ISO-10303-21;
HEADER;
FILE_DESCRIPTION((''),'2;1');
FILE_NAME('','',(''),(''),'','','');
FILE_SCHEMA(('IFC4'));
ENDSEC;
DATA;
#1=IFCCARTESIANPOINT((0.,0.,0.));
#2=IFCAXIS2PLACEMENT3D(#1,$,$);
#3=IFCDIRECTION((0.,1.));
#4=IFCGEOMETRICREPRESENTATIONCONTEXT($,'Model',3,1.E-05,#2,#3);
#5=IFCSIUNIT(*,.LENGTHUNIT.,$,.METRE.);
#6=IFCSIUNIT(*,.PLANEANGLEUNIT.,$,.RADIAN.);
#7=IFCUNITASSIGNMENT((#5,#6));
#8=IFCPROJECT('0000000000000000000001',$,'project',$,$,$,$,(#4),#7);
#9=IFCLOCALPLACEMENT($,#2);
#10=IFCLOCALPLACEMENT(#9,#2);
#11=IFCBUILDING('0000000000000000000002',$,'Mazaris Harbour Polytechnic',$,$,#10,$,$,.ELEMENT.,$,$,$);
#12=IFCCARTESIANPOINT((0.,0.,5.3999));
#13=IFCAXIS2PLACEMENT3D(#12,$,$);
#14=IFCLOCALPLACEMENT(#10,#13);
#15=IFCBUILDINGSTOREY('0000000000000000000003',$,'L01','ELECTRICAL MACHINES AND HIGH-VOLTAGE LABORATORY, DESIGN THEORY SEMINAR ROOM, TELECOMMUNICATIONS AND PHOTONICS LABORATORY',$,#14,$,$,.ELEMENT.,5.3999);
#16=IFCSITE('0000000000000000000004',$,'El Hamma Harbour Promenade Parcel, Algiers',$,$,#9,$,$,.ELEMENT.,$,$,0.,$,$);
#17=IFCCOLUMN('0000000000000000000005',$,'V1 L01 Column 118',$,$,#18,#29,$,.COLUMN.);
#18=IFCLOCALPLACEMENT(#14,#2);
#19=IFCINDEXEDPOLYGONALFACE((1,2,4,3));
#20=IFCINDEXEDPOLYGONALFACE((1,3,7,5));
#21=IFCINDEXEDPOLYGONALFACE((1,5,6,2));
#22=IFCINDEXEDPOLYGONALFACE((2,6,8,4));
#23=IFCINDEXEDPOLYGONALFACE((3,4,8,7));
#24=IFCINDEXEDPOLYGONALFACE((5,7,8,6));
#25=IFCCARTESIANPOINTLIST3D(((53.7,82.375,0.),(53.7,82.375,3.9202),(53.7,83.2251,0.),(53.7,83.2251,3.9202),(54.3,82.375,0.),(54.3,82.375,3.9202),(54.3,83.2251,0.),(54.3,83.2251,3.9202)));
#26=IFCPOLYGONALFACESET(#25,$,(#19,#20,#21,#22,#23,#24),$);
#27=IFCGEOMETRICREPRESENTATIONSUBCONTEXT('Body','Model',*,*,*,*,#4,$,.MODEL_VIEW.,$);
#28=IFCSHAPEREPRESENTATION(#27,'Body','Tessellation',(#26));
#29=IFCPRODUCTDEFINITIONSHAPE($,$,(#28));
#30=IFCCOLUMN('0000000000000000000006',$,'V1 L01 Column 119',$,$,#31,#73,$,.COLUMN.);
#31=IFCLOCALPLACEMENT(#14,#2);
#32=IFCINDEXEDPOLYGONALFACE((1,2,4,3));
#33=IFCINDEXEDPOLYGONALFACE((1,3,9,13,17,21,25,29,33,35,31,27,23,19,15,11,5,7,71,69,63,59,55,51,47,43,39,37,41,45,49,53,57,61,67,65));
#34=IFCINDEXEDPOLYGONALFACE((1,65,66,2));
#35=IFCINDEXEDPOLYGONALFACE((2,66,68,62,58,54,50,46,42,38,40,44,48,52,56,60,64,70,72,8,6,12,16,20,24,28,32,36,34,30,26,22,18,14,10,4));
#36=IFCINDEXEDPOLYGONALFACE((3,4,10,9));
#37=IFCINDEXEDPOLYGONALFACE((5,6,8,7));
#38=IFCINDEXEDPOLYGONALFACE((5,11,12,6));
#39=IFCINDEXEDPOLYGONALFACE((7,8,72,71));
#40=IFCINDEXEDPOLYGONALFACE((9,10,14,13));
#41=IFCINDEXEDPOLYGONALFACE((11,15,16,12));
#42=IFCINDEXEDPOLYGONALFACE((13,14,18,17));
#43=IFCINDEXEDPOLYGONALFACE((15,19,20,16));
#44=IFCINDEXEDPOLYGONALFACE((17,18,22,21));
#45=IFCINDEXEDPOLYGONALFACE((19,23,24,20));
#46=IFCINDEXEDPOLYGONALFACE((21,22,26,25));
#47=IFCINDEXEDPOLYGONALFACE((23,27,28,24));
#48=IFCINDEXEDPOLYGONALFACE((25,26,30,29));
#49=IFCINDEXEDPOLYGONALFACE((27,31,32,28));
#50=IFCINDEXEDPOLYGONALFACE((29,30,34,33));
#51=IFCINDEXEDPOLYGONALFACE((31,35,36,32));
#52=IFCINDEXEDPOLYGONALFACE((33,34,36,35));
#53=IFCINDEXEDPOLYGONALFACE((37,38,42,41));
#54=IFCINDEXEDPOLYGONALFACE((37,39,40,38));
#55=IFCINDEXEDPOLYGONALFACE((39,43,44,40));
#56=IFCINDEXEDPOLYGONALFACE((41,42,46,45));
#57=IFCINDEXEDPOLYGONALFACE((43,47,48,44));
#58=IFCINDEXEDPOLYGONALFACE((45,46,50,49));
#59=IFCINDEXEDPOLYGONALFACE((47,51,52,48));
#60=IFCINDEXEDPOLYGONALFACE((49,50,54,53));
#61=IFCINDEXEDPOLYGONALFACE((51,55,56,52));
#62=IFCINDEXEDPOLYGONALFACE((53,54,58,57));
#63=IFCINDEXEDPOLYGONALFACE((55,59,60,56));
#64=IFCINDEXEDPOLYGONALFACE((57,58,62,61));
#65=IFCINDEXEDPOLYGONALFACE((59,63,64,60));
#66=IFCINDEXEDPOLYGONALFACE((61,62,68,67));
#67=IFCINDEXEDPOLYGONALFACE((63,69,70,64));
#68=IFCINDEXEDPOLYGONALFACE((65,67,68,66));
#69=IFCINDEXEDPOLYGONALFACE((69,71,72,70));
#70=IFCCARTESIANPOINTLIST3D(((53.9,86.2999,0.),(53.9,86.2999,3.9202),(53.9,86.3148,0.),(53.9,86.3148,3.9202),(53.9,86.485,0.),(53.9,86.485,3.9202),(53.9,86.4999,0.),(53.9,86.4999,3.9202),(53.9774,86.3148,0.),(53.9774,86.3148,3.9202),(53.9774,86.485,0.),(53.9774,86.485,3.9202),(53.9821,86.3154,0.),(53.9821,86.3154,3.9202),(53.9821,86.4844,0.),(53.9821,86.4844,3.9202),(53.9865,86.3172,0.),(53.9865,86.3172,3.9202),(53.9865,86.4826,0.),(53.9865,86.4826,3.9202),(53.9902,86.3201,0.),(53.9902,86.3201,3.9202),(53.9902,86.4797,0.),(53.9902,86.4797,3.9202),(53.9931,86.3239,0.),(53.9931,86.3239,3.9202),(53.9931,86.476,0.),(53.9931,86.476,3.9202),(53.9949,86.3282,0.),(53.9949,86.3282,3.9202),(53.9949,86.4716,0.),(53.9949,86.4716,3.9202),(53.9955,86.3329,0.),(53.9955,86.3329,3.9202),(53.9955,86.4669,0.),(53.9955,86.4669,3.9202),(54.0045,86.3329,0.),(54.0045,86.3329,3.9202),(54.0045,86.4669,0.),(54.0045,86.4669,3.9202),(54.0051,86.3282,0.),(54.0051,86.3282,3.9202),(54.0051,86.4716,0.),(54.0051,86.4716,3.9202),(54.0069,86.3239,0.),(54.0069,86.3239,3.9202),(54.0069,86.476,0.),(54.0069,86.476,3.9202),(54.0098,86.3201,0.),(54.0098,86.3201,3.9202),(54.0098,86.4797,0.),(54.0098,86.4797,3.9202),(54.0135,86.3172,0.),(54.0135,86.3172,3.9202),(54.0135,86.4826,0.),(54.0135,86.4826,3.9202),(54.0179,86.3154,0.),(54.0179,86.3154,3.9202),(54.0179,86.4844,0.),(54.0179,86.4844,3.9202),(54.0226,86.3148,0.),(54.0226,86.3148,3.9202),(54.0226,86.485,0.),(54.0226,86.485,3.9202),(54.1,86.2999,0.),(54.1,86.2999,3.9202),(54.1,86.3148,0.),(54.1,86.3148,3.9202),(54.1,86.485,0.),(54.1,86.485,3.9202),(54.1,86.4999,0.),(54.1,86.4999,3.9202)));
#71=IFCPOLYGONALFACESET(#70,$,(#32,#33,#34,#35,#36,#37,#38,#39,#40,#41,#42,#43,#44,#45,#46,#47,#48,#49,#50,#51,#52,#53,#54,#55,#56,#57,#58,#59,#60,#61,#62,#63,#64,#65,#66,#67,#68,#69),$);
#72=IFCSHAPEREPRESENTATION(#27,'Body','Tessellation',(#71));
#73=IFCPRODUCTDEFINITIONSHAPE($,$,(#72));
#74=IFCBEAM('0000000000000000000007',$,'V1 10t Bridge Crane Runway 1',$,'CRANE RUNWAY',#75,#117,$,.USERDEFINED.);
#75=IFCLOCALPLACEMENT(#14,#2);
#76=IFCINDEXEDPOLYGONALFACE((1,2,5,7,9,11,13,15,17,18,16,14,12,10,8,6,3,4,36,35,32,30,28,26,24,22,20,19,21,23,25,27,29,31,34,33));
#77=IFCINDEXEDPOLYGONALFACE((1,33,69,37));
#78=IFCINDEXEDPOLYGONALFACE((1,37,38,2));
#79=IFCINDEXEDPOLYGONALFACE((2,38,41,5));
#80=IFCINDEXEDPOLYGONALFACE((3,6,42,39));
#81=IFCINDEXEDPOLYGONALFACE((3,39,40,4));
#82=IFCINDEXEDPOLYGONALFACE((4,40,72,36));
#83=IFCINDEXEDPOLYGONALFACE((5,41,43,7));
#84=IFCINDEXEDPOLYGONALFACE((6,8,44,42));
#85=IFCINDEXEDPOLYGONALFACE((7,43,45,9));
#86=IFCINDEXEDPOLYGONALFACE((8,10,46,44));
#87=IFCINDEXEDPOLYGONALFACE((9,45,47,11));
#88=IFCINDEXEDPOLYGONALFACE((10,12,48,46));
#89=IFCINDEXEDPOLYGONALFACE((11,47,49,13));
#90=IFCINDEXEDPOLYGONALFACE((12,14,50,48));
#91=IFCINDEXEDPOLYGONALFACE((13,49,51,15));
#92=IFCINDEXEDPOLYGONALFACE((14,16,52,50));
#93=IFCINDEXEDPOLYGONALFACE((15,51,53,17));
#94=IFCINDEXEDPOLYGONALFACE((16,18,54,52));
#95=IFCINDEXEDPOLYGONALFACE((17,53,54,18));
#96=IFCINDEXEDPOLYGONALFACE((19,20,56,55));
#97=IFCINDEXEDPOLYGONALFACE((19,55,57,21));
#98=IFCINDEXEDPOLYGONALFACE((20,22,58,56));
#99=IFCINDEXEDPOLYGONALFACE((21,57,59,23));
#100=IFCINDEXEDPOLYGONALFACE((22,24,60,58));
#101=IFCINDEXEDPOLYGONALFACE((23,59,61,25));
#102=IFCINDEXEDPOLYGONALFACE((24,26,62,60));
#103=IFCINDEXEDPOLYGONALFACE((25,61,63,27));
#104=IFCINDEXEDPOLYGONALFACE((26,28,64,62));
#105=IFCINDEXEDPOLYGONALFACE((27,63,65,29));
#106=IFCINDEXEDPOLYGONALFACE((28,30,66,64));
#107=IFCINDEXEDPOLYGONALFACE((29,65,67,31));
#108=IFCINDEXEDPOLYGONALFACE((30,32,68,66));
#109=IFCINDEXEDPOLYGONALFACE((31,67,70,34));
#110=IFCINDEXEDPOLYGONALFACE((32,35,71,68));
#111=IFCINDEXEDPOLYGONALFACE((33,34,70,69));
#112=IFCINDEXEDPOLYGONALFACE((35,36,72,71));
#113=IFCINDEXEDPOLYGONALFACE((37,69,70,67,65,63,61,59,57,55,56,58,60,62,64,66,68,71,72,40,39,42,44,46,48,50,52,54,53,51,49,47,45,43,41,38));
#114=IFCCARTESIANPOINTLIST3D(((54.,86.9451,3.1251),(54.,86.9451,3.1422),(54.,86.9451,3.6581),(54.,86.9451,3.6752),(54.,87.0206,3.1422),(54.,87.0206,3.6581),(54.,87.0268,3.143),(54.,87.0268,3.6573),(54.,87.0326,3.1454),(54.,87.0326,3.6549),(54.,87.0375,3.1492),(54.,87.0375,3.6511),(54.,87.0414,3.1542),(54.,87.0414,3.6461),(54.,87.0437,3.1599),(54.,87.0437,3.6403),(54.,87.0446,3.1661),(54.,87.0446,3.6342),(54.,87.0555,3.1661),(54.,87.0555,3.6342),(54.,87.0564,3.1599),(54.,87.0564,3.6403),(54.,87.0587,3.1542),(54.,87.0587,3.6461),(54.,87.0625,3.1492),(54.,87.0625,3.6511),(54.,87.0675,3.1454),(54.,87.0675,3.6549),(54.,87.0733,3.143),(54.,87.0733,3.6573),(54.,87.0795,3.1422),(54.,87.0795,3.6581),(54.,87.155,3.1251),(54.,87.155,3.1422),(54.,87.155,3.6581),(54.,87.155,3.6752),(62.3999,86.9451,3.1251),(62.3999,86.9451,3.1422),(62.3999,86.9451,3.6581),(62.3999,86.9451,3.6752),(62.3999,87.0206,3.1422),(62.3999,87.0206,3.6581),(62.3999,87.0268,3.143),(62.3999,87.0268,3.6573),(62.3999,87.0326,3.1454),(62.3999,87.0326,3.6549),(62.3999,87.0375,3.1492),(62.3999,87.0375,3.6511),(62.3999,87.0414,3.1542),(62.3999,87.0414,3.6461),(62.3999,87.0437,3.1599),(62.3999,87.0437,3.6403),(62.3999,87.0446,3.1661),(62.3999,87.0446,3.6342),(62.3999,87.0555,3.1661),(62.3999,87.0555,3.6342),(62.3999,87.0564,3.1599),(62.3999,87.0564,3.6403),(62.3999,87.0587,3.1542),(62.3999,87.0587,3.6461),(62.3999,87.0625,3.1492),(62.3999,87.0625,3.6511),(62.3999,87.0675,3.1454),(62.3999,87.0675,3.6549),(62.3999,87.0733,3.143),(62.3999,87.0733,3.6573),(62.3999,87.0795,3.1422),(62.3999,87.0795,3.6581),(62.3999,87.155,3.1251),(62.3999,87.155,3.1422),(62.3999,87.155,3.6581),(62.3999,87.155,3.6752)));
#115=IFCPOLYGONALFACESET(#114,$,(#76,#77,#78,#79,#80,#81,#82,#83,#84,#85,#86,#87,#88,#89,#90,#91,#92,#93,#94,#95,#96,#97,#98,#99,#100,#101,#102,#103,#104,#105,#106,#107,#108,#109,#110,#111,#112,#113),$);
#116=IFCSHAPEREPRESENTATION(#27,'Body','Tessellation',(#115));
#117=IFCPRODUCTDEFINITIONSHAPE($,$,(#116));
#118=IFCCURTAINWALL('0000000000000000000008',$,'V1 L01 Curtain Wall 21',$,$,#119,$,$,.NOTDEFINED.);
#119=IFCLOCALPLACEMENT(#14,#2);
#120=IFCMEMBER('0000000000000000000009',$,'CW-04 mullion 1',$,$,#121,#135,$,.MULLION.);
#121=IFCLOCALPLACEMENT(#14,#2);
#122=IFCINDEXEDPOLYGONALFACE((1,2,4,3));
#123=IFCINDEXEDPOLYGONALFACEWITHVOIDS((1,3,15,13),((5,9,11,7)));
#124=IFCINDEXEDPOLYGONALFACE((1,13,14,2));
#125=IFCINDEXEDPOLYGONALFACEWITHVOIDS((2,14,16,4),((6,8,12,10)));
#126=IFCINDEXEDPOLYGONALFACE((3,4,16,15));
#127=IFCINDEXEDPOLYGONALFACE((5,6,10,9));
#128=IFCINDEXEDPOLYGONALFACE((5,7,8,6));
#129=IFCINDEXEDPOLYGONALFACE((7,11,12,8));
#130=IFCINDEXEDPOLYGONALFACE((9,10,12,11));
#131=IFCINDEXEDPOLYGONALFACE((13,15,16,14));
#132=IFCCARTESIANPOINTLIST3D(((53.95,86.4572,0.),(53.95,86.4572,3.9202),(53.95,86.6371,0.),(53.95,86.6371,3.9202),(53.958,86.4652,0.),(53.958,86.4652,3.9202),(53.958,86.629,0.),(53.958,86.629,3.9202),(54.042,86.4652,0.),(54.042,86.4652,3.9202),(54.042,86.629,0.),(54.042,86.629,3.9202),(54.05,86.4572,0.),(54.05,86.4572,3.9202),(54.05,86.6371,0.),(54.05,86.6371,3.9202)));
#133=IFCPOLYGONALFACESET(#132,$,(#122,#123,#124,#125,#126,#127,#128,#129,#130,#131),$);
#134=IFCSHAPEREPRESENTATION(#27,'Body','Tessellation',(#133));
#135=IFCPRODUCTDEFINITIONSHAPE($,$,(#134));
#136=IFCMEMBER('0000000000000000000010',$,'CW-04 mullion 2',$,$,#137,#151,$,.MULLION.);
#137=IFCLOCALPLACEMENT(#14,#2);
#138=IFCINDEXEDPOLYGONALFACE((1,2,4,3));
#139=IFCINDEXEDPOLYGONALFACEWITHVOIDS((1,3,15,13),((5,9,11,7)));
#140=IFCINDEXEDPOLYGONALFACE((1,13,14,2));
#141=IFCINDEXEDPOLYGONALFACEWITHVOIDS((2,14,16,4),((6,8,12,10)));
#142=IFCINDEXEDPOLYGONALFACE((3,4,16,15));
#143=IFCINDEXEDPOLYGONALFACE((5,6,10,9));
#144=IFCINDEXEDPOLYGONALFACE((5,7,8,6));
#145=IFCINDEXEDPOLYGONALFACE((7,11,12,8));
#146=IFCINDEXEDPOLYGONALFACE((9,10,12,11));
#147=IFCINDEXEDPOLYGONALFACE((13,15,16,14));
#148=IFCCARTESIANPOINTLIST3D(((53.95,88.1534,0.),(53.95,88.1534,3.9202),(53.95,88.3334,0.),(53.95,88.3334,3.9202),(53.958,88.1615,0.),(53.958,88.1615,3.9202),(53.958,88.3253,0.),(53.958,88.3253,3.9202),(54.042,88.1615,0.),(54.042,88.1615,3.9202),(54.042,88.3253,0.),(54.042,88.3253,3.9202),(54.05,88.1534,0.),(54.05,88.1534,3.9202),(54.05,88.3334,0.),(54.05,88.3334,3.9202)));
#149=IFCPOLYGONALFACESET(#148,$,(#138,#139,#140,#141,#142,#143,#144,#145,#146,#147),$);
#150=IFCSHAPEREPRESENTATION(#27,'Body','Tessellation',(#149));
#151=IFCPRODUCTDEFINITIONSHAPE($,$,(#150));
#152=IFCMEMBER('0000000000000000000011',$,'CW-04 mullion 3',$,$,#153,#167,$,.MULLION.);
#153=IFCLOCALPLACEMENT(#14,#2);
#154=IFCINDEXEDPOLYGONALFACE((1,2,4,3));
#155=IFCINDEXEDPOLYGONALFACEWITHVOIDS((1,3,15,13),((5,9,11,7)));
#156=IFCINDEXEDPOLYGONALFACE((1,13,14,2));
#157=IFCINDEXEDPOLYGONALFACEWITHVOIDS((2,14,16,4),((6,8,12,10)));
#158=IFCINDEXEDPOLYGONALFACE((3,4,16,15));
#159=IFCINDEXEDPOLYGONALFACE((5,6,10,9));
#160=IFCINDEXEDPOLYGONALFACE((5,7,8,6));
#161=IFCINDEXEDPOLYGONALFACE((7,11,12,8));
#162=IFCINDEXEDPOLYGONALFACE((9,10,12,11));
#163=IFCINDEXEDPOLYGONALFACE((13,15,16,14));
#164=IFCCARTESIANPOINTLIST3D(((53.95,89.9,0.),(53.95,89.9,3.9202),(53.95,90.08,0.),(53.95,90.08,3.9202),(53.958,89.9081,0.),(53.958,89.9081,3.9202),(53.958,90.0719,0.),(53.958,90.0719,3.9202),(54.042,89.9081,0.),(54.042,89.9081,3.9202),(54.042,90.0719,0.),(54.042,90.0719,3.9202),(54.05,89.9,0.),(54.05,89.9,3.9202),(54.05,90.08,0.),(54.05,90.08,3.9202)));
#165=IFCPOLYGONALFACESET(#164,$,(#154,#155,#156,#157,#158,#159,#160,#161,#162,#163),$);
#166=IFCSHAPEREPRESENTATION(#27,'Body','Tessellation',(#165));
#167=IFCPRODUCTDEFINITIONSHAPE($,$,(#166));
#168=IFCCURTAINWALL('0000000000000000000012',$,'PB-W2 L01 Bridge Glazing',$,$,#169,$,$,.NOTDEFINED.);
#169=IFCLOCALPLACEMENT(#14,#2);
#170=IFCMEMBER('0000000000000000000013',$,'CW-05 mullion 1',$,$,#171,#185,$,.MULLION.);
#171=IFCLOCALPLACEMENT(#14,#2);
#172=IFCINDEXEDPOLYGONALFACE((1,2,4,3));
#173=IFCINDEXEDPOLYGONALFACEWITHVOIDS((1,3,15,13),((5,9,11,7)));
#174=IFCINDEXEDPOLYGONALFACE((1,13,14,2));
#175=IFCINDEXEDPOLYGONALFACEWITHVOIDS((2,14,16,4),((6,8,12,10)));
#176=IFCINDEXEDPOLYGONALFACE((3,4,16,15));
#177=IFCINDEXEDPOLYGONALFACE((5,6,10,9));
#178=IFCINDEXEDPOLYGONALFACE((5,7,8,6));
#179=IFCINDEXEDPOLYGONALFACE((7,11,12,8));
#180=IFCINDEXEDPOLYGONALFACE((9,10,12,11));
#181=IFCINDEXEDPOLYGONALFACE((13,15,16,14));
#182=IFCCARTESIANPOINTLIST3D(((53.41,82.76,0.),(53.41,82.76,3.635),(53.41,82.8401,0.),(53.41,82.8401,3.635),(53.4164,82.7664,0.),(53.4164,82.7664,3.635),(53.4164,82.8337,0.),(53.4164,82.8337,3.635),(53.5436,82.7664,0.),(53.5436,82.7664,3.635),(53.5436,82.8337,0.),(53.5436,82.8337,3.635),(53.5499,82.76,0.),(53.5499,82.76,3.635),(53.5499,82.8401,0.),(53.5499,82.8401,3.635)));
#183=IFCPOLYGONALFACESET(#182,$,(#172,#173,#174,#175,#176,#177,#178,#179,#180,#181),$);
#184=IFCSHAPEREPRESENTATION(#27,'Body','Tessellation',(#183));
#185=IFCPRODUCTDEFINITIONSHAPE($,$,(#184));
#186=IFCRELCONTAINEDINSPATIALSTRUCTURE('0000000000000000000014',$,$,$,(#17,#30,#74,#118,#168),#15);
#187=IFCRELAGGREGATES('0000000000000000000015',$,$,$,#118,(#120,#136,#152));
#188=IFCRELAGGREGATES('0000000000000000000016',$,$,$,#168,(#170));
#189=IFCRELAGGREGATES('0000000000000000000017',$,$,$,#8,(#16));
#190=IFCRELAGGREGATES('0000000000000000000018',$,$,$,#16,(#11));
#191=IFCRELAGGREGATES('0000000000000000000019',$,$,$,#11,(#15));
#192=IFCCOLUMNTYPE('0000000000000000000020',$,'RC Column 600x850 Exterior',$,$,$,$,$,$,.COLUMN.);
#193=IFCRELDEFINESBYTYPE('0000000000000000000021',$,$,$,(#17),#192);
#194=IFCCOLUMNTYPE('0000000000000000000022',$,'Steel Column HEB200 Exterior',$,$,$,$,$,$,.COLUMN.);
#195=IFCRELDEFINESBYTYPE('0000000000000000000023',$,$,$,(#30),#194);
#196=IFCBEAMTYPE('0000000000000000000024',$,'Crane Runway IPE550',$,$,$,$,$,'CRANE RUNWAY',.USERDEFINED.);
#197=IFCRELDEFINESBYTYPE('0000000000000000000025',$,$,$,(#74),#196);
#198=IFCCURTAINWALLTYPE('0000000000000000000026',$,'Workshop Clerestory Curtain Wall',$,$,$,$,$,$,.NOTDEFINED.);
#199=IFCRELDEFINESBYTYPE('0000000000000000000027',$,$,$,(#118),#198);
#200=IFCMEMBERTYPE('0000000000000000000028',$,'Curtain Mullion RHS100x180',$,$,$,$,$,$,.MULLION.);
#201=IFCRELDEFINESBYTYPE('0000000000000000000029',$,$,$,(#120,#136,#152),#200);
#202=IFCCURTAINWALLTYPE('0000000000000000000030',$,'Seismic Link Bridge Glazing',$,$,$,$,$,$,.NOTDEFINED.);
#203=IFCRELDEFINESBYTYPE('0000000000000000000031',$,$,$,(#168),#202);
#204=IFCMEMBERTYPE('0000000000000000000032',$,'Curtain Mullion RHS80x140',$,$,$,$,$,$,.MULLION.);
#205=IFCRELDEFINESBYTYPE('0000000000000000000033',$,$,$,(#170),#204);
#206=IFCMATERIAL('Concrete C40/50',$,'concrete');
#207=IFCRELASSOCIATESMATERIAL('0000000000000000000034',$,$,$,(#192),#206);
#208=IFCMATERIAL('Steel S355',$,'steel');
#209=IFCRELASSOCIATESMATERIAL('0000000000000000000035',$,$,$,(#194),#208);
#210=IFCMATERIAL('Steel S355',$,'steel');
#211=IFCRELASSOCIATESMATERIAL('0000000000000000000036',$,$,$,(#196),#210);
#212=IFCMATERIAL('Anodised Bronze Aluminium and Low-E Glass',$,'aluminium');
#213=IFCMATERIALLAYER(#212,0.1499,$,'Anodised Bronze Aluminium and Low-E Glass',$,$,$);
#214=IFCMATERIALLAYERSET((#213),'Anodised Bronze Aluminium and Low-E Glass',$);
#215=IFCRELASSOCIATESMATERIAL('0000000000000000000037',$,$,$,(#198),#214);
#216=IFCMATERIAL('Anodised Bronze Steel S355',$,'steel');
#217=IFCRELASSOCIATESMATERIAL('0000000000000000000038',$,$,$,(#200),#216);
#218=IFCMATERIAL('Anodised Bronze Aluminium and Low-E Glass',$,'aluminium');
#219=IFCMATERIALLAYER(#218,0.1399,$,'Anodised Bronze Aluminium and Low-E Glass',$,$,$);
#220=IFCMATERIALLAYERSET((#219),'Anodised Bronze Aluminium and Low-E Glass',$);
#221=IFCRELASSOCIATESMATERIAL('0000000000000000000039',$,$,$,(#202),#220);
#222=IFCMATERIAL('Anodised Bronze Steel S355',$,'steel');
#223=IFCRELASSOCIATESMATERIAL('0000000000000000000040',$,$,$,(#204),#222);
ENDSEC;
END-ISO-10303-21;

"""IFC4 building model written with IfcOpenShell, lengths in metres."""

from ifc_helpers import new_model, si_unit, direction, frame, origin, origin_2d, place, context, subcontext, project, spatial, rectangle, hollow_rectangle, i_section, extrude, material, layer, layer_set, material_profile, profile_set, type_object, element, aggregate, save


model = new_model("IFC4")

# Units and contexts
model_context = context("Model", 3, precision=1e-05, world=origin(), true_north=direction((0.0, 1.0)))
body_context = subcontext(model_context, "Body", "Model", "MODEL_VIEW")
ifc_project = project(units=[si_unit("LENGTHUNIT", "METRE"), si_unit("PLANEANGLEUNIT", "RADIAN")], contexts=[model_context])

# Site, building, storey
site_placement = place(None, origin())
site = spatial("IfcSite", under=ifc_project, at=site_placement, Name="El Hamma Harbour Promenade Parcel, Algiers", CompositionType="ELEMENT", RefElevation=0.0)
building_placement = place(site_placement, origin())
building = spatial("IfcBuilding", under=site, at=building_placement, Name="Mazaris Harbour Polytechnic", CompositionType="ELEMENT")
storey_placement = place(building_placement, frame((0.0, 0.0, 5.3999)))
storey = spatial("IfcBuildingStorey", under=building, at=storey_placement, Name="L01", Description="ELECTRICAL MACHINES AND HIGH-VOLTAGE LABORATORY, DESIGN THEORY SEMINAR ROOM, TELECOMMUNICATIONS AND PHOTONICS LABORATORY", CompositionType="ELEMENT", Elevation=5.3999)

# Columns
ifc_material_1 = material(Name="Concrete C40/50", Category="concrete")
ifc_material_profile_1 = material_profile(ifc_material_1, rectangle(XDim=0.6001, YDim=0.8501, at=origin_2d()), Name="RECT600x850")
ifc_profile_set_1 = profile_set([ifc_material_profile_1], Name="Concrete C40/50")
column_type_1 = type_object("IfcColumnType", Name="RC Column 600x850 Exterior", PredefinedType="COLUMN", material=ifc_profile_set_1)
column_1_placement = place(storey_placement, frame((54.0, 82.8, 0.0), z_axis=(0.0, 0.0, 1.0), x_axis=(1.0, 0.0, 0.0)))
element("IfcColumn", 1, at=column_1_placement, inside=storey, type_object=column_type_1, Name="V1 L01 Column 118", PredefinedType="COLUMN", context=body_context, shape_type="SweptSolid", body=[
    extrude(rectangle(XDim=0.6001, YDim=0.8501, at=origin_2d()), origin(), (0.0, 0.0, 1.0), 3.9202),
])
ifc_material_2 = material(Name="Steel S355", Category="steel")
ifc_material_profile_2 = material_profile(ifc_material_2, i_section(OverallWidth=0.2, OverallDepth=0.2, WebThickness=0.009, FlangeThickness=0.0149, FilletRadius=0.0181, at=origin_2d()), Name="HEB 200")
ifc_profile_set_2 = profile_set([ifc_material_profile_2], Name="Steel S355")
column_type_2 = type_object("IfcColumnType", Name="Steel Column HEB200 Exterior", PredefinedType="COLUMN", material=ifc_profile_set_2)
column_2_placement = place(storey_placement, frame((54.0, 86.3999, 0.0), z_axis=(0.0, 0.0, 1.0), x_axis=(1.0, 0.0, 0.0)))
element("IfcColumn", 2, at=column_2_placement, inside=storey, type_object=column_type_2, Name="V1 L01 Column 119", PredefinedType="COLUMN", context=body_context, shape_type="SweptSolid", body=[
    extrude(i_section(OverallWidth=0.2, OverallDepth=0.2, WebThickness=0.009, FlangeThickness=0.0149, FilletRadius=0.0181, at=origin_2d()), origin(), (0.0, 0.0, 1.0), 3.9202),
])

# Beam
ifc_material_3 = material(Name="Steel S355", Category="steel")
ifc_material_profile_3 = material_profile(ifc_material_3, i_section(OverallWidth=0.21, OverallDepth=0.55, WebThickness=0.011, FlangeThickness=0.0171, FilletRadius=0.0239, at=origin_2d()), Name="IPE 550")
ifc_profile_set_3 = profile_set([ifc_material_profile_3], Name="Steel S355")
beam_type_1 = type_object("IfcBeamType", Name="Crane Runway IPE550", ElementType="CRANE RUNWAY", PredefinedType="USERDEFINED", material=ifc_profile_set_3)
beam_1_placement = place(storey_placement, frame((54.0, 87.05, 3.4001), z_axis=(1.0, 0.0, 0.0), x_axis=(0.0, 1.0, 0.0)))
element("IfcBeam", 3, at=beam_1_placement, inside=storey, type_object=beam_type_1, Name="V1 10t Bridge Crane Runway 1", ObjectType="CRANE RUNWAY", PredefinedType="USERDEFINED", context=body_context, shape_type="SweptSolid", body=[
    extrude(i_section(OverallWidth=0.21, OverallDepth=0.55, WebThickness=0.011, FlangeThickness=0.0171, FilletRadius=0.0239, at=origin_2d()), origin(), (0.0, 0.0, 1.0), 8.3999),
])

# Curtain walls, members
ifc_material_4 = material(Name="Anodised Bronze Aluminium and Low-E Glass", Category="aluminium")
ifc_layer_1 = layer(ifc_material_4, 0.1499, Name="Anodised Bronze Aluminium and Low-E Glass")
ifc_layer_set_1 = layer_set([ifc_layer_1], Name="Anodised Bronze Aluminium and Low-E Glass")
curtain_wall_type_1 = type_object("IfcCurtainWallType", Name="Workshop Clerestory Curtain Wall", PredefinedType="NOTDEFINED", material=ifc_layer_set_1)
curtain_wall_1_placement = place(storey_placement, origin())
curtain_wall_1 = element("IfcCurtainWall", 4, at=curtain_wall_1_placement, inside=storey, type_object=curtain_wall_type_1, Name="V1 L01 Curtain Wall 21", PredefinedType="NOTDEFINED")
ifc_material_5 = material(Name="Anodised Bronze Steel S355", Category="steel")
ifc_material_profile_4 = material_profile(ifc_material_5, hollow_rectangle(XDim=0.1001, YDim=0.1799, WallThickness=0.0081, at=origin_2d()), Name="RHS 100x180x8.0")
ifc_profile_set_4 = profile_set([ifc_material_profile_4], Name="Anodised Bronze Steel S355")
member_type_1 = type_object("IfcMemberType", Name="Curtain Mullion RHS100x180", PredefinedType="MULLION", material=ifc_profile_set_4)
member_1_placement = place(storey_placement, frame((54.0, 86.5471, 0.0), z_axis=(0.0, 0.0, 1.0), x_axis=(-1.0, 0.0, 0.0)))
member_1 = element("IfcMember", 5, at=member_1_placement, type_object=member_type_1, Name="CW-04 mullion 1", PredefinedType="MULLION", context=body_context, shape_type="SweptSolid", body=[
    extrude(hollow_rectangle(XDim=0.1001, YDim=0.1799, WallThickness=0.0081, at=origin_2d()), origin(), (0.0, 0.0, 1.0), 3.9202),
])
member_2_placement = place(storey_placement, frame((54.0, 88.2434, 0.0), z_axis=(0.0, 0.0, 1.0), x_axis=(-1.0, 0.0, 0.0)))
member_2 = element("IfcMember", 6, at=member_2_placement, type_object=member_type_1, Name="CW-04 mullion 2", PredefinedType="MULLION", context=body_context, shape_type="SweptSolid", body=[
    extrude(hollow_rectangle(XDim=0.1001, YDim=0.1799, WallThickness=0.0081, at=origin_2d()), origin(), (0.0, 0.0, 1.0), 3.9202),
])
member_3_placement = place(storey_placement, frame((54.0, 89.99, 0.0), z_axis=(0.0, 0.0, 1.0), x_axis=(-1.0, 0.0, 0.0)))
member_3 = element("IfcMember", 7, at=member_3_placement, type_object=member_type_1, Name="CW-04 mullion 3", PredefinedType="MULLION", context=body_context, shape_type="SweptSolid", body=[
    extrude(hollow_rectangle(XDim=0.1001, YDim=0.1799, WallThickness=0.0081, at=origin_2d()), origin(), (0.0, 0.0, 1.0), 3.9202),
])
ifc_material_6 = material(Name="Anodised Bronze Aluminium and Low-E Glass", Category="aluminium")
ifc_layer_2 = layer(ifc_material_6, 0.1399, Name="Anodised Bronze Aluminium and Low-E Glass")
ifc_layer_set_2 = layer_set([ifc_layer_2], Name="Anodised Bronze Aluminium and Low-E Glass")
curtain_wall_type_2 = type_object("IfcCurtainWallType", Name="Seismic Link Bridge Glazing", PredefinedType="NOTDEFINED", material=ifc_layer_set_2)
curtain_wall_2_placement = place(storey_placement, origin())
curtain_wall_2 = element("IfcCurtainWall", 8, at=curtain_wall_2_placement, inside=storey, type_object=curtain_wall_type_2, Name="PB-W2 L01 Bridge Glazing", PredefinedType="NOTDEFINED")
ifc_material_7 = material(Name="Anodised Bronze Steel S355", Category="steel")
ifc_material_profile_5 = material_profile(ifc_material_7, hollow_rectangle(XDim=0.0801, YDim=0.1399, WallThickness=0.0063, at=origin_2d()), Name="RHS 80x140x6.3")
ifc_profile_set_5 = profile_set([ifc_material_profile_5], Name="Anodised Bronze Steel S355")
member_type_2 = type_object("IfcMemberType", Name="Curtain Mullion RHS80x140", PredefinedType="MULLION", material=ifc_profile_set_5)
member_4_placement = place(storey_placement, frame((53.48, 82.8, 0.0), z_axis=(0.0, 0.0, 1.0), x_axis=(0.0, -1.0, 0.0)))
member_4 = element("IfcMember", 9, at=member_4_placement, type_object=member_type_2, Name="CW-05 mullion 1", PredefinedType="MULLION", context=body_context, shape_type="SweptSolid", body=[
    extrude(hollow_rectangle(XDim=0.0801, YDim=0.1399, WallThickness=0.0063, at=origin_2d()), origin(), (0.0, 0.0, 1.0), 3.635),
])

aggregate(curtain_wall_1, [member_1, member_2, member_3])
aggregate(curtain_wall_2, [member_4])

save(model, "model.ifc")
